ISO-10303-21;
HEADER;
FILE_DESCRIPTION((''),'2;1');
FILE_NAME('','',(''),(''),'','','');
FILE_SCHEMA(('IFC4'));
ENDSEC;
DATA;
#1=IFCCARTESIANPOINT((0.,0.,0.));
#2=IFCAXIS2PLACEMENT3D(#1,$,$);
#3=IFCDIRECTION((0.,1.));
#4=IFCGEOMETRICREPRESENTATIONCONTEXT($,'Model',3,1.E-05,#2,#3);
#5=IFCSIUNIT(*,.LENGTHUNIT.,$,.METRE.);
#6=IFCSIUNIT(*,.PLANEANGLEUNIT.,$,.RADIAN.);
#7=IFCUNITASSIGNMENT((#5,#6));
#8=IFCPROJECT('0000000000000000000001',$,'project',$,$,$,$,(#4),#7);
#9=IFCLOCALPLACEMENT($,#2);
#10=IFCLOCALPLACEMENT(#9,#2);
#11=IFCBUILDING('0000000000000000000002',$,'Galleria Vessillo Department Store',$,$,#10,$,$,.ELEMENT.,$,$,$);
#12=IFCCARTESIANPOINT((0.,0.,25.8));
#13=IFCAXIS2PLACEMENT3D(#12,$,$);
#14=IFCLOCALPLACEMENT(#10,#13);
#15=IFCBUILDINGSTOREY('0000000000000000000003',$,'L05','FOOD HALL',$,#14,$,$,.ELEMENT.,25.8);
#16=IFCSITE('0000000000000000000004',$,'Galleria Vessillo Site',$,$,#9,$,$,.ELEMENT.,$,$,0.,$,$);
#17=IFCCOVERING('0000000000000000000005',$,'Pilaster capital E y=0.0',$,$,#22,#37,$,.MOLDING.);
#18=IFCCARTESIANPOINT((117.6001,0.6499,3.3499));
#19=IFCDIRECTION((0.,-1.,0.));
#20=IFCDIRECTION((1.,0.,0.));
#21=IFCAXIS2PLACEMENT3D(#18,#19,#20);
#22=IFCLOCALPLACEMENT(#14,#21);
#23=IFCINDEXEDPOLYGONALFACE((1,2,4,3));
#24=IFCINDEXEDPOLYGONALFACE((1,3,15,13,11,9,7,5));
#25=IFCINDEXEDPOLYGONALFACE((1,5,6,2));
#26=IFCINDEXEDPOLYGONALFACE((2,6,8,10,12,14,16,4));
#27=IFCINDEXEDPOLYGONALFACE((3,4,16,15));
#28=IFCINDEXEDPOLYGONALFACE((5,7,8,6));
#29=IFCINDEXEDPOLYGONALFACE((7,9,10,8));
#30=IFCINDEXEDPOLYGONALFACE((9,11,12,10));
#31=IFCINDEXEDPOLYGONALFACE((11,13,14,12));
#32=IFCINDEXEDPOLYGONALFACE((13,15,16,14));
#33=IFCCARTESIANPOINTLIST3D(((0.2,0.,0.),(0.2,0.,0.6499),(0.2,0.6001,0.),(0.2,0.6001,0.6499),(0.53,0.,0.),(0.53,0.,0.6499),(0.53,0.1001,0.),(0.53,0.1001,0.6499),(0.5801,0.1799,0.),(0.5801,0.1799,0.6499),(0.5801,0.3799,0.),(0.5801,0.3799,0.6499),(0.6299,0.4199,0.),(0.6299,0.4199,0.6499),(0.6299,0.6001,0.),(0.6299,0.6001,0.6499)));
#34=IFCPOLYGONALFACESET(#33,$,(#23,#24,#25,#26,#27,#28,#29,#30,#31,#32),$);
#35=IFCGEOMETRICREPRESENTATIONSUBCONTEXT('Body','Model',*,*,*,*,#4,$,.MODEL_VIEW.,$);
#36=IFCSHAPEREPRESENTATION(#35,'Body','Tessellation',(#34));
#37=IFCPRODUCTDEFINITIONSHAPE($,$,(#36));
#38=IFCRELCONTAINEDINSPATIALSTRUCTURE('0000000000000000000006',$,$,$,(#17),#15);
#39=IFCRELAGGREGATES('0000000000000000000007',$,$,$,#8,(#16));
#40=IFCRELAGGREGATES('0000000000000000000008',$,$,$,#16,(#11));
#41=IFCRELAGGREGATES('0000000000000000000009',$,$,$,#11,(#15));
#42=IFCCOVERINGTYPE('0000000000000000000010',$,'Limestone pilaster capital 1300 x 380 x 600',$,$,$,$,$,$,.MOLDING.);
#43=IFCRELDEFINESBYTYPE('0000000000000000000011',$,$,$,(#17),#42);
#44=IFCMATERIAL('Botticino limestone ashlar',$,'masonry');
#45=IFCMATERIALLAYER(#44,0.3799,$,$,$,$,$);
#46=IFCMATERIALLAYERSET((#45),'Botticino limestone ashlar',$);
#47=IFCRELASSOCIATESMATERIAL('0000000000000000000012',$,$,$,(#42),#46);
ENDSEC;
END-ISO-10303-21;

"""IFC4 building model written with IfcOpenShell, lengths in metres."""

from ifc_helpers import new_model, si_unit, direction, frame, origin, place, context, subcontext, project, spatial, polyline, outline, extrude, material, layer, layer_set, type_object, element, save


model = new_model("IFC4")

# Units and contexts
model_context = context("Model", 3, precision=1e-05, world=origin(), true_north=direction((0.0, 1.0)))
body_context = subcontext(model_context, "Body", "Model", "MODEL_VIEW")
ifc_project = project(units=[si_unit("LENGTHUNIT", "METRE"), si_unit("PLANEANGLEUNIT", "RADIAN")], contexts=[model_context])

# Site, building, storey
site_placement = place(None, origin())
site = spatial("IfcSite", under=ifc_project, at=site_placement, Name="Galleria Vessillo Site", CompositionType="ELEMENT", RefElevation=0.0)
building_placement = place(site_placement, origin())
building = spatial("IfcBuilding", under=site, at=building_placement, Name="Galleria Vessillo Department Store", CompositionType="ELEMENT")
storey_placement = place(building_placement, frame((0.0, 0.0, 25.8)))
storey = spatial("IfcBuildingStorey", under=building, at=storey_placement, Name="L05", Description="FOOD HALL", CompositionType="ELEMENT", Elevation=25.8)

# Covering
ifc_material_1 = material(Name="Botticino limestone ashlar", Category="masonry")
ifc_layer_1 = layer(ifc_material_1, 0.3799)
ifc_layer_set_1 = layer_set([ifc_layer_1], Name="Botticino limestone ashlar")
covering_type_1 = type_object("IfcCoveringType", Name="Limestone pilaster capital 1300 x 380 x 600", PredefinedType="MOLDING", material=ifc_layer_set_1)
covering_1_placement = place(storey_placement, frame((117.6001, 0.6499, 3.3499), z_axis=(0.0, -1.0, 0.0), x_axis=(1.0, 0.0, 0.0)))
element("IfcCovering", 1, at=covering_1_placement, inside=storey, type_object=covering_type_1, Name="Pilaster capital E y=0.0", PredefinedType="MOLDING", context=body_context, shape_type="SweptSolid", body=[
    extrude(outline(polyline([(0.2, 0.0), (0.53, 0.0), (0.53, 0.1001), (0.5801, 0.1799), (0.5801, 0.3799), (0.6299, 0.4199), (0.6299, 0.6001), (0.2, 0.6001), (0.2, 0.0)])), origin(), (0.0, 0.0, 1.0), 0.6499),
])

save(model, "model.ifc")
